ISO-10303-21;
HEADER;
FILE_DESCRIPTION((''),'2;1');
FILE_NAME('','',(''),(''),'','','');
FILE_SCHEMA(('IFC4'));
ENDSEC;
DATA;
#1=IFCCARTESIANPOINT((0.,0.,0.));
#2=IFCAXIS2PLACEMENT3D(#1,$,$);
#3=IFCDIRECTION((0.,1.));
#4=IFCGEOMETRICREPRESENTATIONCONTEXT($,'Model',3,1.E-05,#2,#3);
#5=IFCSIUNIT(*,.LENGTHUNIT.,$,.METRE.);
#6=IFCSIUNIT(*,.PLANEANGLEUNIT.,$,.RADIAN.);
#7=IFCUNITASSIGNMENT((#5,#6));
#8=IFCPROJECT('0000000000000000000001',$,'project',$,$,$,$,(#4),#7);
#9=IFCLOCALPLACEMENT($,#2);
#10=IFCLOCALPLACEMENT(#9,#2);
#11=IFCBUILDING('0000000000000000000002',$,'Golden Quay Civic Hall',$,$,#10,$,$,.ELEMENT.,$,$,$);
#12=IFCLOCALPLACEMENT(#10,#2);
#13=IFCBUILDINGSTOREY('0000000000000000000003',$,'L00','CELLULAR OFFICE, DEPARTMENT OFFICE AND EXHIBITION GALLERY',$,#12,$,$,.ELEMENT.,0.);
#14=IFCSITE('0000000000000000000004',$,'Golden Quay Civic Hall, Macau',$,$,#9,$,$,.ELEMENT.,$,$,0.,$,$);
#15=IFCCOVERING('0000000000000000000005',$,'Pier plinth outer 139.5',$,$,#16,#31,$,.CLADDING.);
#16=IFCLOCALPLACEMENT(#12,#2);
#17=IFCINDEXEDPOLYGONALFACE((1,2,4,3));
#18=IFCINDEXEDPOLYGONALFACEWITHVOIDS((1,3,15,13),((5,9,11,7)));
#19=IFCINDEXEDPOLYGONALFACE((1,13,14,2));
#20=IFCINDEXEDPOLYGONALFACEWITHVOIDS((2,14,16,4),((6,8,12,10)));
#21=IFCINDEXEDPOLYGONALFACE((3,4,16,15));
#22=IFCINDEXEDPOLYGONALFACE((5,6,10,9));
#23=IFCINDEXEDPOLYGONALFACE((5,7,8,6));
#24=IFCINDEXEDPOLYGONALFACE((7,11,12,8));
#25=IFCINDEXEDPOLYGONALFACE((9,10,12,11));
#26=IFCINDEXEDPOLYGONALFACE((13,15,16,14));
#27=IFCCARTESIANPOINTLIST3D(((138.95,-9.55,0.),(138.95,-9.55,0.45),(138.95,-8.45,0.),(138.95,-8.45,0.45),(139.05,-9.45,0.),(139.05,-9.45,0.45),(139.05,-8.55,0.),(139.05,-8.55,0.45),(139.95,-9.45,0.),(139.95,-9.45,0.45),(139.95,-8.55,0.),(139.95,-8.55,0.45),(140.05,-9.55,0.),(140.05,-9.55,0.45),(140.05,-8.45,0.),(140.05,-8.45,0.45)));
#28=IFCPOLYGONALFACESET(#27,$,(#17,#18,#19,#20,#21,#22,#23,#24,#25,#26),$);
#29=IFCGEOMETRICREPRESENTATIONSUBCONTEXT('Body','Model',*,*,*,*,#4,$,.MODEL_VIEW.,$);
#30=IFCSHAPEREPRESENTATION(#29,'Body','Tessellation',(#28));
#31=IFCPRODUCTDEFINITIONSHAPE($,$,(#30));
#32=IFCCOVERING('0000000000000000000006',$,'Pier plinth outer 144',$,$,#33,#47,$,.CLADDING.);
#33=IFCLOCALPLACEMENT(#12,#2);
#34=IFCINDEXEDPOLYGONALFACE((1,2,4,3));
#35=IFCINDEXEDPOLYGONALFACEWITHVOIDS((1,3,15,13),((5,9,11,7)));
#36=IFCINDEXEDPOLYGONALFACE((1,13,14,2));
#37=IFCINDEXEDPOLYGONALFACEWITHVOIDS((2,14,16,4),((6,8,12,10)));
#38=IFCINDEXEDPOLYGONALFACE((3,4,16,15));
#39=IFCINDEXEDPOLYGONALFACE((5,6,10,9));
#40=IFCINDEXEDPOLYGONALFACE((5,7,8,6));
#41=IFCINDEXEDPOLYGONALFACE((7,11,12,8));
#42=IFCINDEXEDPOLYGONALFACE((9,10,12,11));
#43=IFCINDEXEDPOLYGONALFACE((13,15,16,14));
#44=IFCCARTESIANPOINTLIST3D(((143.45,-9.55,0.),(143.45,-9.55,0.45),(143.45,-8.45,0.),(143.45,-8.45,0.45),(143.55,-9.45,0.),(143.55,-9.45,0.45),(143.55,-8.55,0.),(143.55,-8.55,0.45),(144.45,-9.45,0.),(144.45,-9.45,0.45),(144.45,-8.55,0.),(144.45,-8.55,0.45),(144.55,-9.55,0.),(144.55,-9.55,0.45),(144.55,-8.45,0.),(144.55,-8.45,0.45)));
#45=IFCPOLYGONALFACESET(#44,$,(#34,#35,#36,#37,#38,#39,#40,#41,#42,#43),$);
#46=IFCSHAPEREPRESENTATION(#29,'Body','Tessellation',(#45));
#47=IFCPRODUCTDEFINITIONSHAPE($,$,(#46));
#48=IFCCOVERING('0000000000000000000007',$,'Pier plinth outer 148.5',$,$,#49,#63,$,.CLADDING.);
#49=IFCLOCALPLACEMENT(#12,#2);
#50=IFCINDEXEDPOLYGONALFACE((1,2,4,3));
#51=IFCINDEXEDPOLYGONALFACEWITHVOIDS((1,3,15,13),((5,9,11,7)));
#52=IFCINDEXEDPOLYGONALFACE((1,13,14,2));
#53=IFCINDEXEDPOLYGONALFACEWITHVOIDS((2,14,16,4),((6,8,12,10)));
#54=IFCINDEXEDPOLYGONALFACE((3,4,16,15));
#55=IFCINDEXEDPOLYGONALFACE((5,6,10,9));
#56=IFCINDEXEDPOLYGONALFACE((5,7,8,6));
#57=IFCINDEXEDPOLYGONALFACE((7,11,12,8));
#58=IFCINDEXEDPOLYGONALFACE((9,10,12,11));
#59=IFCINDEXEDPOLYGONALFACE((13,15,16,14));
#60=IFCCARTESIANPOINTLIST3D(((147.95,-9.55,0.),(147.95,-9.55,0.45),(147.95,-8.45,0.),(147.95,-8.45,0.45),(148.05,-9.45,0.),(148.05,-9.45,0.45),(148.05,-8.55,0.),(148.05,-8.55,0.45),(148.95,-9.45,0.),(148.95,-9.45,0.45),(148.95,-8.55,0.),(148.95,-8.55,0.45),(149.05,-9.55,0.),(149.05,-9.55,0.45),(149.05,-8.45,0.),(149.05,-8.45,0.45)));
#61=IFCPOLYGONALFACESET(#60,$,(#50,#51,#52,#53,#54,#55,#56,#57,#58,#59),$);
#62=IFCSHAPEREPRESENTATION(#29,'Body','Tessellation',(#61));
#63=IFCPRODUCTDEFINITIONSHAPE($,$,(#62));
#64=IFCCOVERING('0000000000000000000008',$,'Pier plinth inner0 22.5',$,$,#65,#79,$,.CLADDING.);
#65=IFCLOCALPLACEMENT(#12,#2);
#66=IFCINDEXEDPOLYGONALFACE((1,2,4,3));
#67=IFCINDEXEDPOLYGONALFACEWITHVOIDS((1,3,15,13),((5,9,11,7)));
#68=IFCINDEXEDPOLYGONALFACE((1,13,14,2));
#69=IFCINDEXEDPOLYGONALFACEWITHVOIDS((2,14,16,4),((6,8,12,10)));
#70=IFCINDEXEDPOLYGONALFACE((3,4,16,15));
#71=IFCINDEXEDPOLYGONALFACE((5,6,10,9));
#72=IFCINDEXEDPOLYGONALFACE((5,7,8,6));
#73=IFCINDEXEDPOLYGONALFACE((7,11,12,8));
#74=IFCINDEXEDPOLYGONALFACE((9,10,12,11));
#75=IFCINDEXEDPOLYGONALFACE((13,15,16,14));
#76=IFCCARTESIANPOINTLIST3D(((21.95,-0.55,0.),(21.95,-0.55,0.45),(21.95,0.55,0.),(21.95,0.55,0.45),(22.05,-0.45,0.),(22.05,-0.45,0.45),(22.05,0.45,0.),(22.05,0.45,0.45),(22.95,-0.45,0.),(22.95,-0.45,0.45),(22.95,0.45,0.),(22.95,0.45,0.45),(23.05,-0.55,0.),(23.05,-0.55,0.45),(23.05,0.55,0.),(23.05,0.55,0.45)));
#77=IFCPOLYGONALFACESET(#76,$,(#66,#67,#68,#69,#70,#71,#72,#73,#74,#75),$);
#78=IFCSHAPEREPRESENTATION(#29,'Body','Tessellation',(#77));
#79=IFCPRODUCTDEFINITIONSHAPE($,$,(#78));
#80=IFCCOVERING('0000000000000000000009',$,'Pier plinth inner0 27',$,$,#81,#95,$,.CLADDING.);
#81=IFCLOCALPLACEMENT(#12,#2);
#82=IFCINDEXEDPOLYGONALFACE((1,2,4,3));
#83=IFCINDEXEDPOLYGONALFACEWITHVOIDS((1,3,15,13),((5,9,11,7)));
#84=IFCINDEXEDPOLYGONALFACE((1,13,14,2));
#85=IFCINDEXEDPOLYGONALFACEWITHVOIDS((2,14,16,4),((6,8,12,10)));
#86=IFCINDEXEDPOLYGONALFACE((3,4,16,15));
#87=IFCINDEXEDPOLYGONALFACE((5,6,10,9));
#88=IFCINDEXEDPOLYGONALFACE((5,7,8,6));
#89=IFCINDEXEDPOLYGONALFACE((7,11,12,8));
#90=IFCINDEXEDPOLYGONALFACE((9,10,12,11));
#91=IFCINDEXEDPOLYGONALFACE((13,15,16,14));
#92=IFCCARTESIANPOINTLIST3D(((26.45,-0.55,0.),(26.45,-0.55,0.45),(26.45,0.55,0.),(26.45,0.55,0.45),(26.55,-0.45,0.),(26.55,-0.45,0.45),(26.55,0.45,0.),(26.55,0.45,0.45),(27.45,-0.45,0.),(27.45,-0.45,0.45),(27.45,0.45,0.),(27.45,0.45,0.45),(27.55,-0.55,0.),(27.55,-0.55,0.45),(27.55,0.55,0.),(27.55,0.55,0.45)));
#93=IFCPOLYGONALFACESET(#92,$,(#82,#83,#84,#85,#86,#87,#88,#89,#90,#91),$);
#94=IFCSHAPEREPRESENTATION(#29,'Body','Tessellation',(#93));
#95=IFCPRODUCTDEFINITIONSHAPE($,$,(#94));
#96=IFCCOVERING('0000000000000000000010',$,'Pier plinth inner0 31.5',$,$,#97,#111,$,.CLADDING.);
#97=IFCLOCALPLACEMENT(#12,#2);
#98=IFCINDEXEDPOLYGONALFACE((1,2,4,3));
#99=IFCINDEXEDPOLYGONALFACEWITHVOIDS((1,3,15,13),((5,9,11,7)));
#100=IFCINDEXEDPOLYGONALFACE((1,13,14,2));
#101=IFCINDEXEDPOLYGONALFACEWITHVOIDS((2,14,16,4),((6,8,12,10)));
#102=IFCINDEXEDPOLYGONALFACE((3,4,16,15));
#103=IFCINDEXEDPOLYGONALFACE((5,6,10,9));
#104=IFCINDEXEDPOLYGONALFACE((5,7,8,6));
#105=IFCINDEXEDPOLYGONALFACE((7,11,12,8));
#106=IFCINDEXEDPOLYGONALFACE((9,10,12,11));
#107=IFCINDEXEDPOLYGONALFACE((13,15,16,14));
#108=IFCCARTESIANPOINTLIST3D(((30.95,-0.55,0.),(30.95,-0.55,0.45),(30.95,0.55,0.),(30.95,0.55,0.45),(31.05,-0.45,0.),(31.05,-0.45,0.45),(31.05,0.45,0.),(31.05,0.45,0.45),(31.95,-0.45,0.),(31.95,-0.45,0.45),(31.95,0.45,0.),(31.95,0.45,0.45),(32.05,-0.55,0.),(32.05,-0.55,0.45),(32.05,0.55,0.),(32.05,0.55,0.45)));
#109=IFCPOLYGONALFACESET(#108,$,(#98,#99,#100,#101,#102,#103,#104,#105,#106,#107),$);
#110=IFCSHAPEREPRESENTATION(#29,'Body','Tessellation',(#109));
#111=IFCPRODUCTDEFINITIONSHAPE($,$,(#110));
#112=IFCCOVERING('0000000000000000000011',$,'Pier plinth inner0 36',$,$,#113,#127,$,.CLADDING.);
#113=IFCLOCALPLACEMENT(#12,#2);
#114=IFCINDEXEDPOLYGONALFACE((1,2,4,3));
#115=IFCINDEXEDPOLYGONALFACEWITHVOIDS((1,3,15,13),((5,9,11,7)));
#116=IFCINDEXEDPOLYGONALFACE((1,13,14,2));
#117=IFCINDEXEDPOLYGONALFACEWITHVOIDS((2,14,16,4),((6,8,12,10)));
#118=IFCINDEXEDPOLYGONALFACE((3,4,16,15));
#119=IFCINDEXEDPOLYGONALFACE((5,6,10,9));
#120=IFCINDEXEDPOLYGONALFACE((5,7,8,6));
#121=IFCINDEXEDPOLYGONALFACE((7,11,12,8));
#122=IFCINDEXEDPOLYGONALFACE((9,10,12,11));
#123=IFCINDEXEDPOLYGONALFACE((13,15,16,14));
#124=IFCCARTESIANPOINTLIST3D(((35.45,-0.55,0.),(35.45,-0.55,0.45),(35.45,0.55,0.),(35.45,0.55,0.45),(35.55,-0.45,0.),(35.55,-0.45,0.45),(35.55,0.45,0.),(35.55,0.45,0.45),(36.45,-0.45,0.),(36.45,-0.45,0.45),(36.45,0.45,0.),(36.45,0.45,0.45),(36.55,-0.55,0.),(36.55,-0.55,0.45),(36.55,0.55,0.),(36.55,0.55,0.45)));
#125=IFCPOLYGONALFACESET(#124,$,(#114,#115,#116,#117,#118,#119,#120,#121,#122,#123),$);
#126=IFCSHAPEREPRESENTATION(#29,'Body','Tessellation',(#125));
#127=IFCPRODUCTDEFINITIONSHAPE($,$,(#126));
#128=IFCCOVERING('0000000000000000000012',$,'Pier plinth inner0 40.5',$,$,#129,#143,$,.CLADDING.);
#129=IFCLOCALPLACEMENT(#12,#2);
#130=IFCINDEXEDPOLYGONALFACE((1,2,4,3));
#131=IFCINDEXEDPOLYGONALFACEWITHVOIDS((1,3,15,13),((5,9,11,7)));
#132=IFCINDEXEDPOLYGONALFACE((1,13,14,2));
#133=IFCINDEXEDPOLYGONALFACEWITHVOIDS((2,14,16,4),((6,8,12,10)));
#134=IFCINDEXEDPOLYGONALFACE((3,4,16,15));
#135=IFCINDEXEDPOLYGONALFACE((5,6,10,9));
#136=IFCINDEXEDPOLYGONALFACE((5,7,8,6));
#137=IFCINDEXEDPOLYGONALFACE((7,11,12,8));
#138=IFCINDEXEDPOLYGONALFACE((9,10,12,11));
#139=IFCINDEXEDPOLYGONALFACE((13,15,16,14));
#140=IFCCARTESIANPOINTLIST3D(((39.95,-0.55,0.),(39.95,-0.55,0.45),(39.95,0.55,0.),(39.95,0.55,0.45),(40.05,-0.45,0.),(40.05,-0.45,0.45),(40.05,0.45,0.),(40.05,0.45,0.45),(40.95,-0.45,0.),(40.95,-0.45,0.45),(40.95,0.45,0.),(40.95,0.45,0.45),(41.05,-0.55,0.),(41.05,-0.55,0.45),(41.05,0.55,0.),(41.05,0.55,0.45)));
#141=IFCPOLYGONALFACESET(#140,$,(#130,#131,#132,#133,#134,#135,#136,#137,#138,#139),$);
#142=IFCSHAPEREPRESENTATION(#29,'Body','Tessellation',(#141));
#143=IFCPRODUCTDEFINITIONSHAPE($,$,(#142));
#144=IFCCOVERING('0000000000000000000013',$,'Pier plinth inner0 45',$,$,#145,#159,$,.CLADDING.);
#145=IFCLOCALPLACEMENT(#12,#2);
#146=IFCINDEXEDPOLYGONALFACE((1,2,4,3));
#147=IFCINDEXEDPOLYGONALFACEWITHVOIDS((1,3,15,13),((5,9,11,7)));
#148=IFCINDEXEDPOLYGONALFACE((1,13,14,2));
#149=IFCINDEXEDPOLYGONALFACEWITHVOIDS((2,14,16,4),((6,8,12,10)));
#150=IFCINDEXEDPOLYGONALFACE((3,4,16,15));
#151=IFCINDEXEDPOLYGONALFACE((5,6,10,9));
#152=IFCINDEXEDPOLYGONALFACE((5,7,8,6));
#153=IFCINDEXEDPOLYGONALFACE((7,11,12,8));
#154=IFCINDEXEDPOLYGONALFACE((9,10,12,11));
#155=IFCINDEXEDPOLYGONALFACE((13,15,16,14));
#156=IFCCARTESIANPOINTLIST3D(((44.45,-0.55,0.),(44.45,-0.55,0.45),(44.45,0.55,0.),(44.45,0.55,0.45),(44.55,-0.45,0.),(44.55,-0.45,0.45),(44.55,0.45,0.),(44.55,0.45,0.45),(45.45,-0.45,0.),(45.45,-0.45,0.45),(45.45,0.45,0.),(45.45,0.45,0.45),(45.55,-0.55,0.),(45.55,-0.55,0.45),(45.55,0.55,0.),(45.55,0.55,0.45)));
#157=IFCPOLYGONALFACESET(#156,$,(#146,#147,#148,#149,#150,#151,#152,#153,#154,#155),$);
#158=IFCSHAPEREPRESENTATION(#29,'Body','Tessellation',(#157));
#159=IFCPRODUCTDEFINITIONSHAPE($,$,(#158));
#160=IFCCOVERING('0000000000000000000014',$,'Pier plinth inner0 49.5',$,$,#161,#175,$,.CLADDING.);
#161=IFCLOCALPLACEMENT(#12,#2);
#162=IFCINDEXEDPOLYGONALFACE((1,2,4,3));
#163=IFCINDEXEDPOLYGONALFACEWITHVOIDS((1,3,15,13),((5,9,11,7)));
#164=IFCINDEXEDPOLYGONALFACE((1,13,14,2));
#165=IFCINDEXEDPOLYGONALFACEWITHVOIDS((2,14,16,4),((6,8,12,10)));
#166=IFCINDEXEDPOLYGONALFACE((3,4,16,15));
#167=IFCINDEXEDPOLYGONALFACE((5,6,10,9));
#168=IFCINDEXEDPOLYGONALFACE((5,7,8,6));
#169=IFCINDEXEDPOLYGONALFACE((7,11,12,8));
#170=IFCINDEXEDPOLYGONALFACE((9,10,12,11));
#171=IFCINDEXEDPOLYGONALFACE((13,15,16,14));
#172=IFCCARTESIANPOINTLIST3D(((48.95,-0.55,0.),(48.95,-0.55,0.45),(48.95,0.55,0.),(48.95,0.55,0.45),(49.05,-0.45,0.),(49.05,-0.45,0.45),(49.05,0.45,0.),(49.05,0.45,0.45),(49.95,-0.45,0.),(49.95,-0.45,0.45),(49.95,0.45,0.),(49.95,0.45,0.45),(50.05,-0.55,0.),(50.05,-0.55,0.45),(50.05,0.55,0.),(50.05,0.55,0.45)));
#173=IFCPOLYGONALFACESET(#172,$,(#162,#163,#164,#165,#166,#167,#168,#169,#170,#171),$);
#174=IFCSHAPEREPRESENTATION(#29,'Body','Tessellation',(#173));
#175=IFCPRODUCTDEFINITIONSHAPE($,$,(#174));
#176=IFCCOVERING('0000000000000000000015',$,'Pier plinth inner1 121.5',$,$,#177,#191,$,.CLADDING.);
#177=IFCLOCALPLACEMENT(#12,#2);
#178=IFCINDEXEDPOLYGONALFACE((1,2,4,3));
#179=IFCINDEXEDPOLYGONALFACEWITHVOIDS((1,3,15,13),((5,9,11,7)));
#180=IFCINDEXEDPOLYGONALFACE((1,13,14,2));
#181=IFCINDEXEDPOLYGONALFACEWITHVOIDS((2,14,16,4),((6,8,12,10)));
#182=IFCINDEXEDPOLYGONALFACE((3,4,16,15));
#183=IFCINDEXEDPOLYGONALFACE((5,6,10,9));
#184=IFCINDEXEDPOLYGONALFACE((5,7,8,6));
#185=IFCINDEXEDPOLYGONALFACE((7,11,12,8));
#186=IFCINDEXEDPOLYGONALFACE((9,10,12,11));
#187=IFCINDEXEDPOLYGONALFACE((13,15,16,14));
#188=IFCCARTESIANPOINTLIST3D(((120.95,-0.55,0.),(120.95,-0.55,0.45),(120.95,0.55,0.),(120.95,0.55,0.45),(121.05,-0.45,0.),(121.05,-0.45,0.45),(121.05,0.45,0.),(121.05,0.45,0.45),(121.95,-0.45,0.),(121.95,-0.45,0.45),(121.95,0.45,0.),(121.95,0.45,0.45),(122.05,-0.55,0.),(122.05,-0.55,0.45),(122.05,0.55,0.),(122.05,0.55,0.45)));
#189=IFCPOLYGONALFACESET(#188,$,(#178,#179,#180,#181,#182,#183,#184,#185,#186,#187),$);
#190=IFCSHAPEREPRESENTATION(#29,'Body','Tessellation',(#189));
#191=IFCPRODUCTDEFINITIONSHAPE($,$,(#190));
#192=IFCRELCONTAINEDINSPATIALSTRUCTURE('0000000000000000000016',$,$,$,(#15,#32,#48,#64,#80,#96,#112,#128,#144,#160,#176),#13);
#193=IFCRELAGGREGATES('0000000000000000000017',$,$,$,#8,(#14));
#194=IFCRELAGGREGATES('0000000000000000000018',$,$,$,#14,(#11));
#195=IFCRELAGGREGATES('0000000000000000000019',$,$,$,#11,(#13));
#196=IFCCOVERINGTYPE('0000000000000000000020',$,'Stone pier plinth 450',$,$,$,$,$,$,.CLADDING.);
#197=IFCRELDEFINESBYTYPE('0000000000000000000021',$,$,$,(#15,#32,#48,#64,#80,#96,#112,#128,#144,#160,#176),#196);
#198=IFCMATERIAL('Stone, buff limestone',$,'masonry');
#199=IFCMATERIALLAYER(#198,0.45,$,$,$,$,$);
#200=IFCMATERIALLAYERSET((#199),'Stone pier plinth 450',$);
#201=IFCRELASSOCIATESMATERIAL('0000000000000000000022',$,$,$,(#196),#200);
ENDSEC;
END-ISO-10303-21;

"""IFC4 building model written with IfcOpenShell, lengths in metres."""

from ifc_helpers import new_model, si_unit, direction, origin, place, context, subcontext, project, spatial, polyline, outline, extrude, material, layer, layer_set, type_object, element, save


model = new_model("IFC4")

# Units and contexts
model_context = context("Model", 3, precision=1e-05, world=origin(), true_north=direction((0.0, 1.0)))
body_context = subcontext(model_context, "Body", "Model", "MODEL_VIEW")
ifc_project = project(units=[si_unit("LENGTHUNIT", "METRE"), si_unit("PLANEANGLEUNIT", "RADIAN")], contexts=[model_context])

# Site, building, storey
site_placement = place(None, origin())
site = spatial("IfcSite", under=ifc_project, at=site_placement, Name="Golden Quay Civic Hall, Macau", CompositionType="ELEMENT", RefElevation=0.0)
building_placement = place(site_placement, origin())
building = spatial("IfcBuilding", under=site, at=building_placement, Name="Golden Quay Civic Hall", CompositionType="ELEMENT")
storey_placement = place(building_placement, origin())
storey = spatial("IfcBuildingStorey", under=building, at=storey_placement, Name="L00", Description="CELLULAR OFFICE, DEPARTMENT OFFICE AND EXHIBITION GALLERY", CompositionType="ELEMENT", Elevation=0.0)

# Coverings
ifc_material_1 = material(Name="Stone, buff limestone", Category="masonry")
ifc_layer_1 = layer(ifc_material_1, 0.45)
ifc_layer_set_1 = layer_set([ifc_layer_1], Name="Stone pier plinth 450")
covering_type = type_object("IfcCoveringType", Name="Stone pier plinth 450", PredefinedType="CLADDING", material=ifc_layer_set_1)
covering_1_placement = place(storey_placement, origin())
element("IfcCovering", 1, at=covering_1_placement, inside=storey, type_object=covering_type, Name="Pier plinth outer 139.5", PredefinedType="CLADDING", context=body_context, shape_type="SweptSolid", body=[
    extrude(outline(polyline([(138.95, -9.55), (140.05, -9.55), (140.05, -8.45), (138.95, -8.45), (138.95, -9.55)]), holes=[polyline([(139.05, -9.45), (139.95, -9.45), (139.95, -8.55), (139.05, -8.55), (139.05, -9.45)])]), origin(), (0.0, 0.0, 1.0), 0.45),
])
covering_2_placement = place(storey_placement, origin())
element("IfcCovering", 2, at=covering_2_placement, inside=storey, type_object=covering_type, Name="Pier plinth outer 144", PredefinedType="CLADDING", context=body_context, shape_type="SweptSolid", body=[
    extrude(outline(polyline([(143.45, -9.55), (144.55, -9.55), (144.55, -8.45), (143.45, -8.45), (143.45, -9.55)]), holes=[polyline([(143.55, -9.45), (144.45, -9.45), (144.45, -8.55), (143.55, -8.55), (143.55, -9.45)])]), origin(), (0.0, 0.0, 1.0), 0.45),
])
covering_3_placement = place(storey_placement, origin())
element("IfcCovering", 3, at=covering_3_placement, inside=storey, type_object=covering_type, Name="Pier plinth outer 148.5", PredefinedType="CLADDING", context=body_context, shape_type="SweptSolid", body=[
    extrude(outline(polyline([(147.95, -9.55), (149.05, -9.55), (149.05, -8.45), (147.95, -8.45), (147.95, -9.55)]), holes=[polyline([(148.05, -9.45), (148.95, -9.45), (148.95, -8.55), (148.05, -8.55), (148.05, -9.45)])]), origin(), (0.0, 0.0, 1.0), 0.45),
])
covering_4_placement = place(storey_placement, origin())
element("IfcCovering", 4, at=covering_4_placement, inside=storey, type_object=covering_type, Name="Pier plinth inner0 22.5", PredefinedType="CLADDING", context=body_context, shape_type="SweptSolid", body=[
    extrude(outline(polyline([(21.95, -0.55), (23.05, -0.55), (23.05, 0.55), (21.95, 0.55), (21.95, -0.55)]), holes=[polyline([(22.05, -0.45), (22.95, -0.45), (22.95, 0.45), (22.05, 0.45), (22.05, -0.45)])]), origin(), (0.0, 0.0, 1.0), 0.45),
])
covering_5_placement = place(storey_placement, origin())
element("IfcCovering", 5, at=covering_5_placement, inside=storey, type_object=covering_type, Name="Pier plinth inner0 27", PredefinedType="CLADDING", context=body_context, shape_type="SweptSolid", body=[
    extrude(outline(polyline([(26.45, -0.55), (27.55, -0.55), (27.55, 0.55), (26.45, 0.55), (26.45, -0.55)]), holes=[polyline([(26.55, -0.45), (27.45, -0.45), (27.45, 0.45), (26.55, 0.45), (26.55, -0.45)])]), origin(), (0.0, 0.0, 1.0), 0.45),
])
covering_6_placement = place(storey_placement, origin())
element("IfcCovering", 6, at=covering_6_placement, inside=storey, type_object=covering_type, Name="Pier plinth inner0 31.5", PredefinedType="CLADDING", context=body_context, shape_type="SweptSolid", body=[
    extrude(outline(polyline([(30.95, -0.55), (32.05, -0.55), (32.05, 0.55), (30.95, 0.55), (30.95, -0.55)]), holes=[polyline([(31.05, -0.45), (31.95, -0.45), (31.95, 0.45), (31.05, 0.45), (31.05, -0.45)])]), origin(), (0.0, 0.0, 1.0), 0.45),
])
covering_7_placement = place(storey_placement, origin())
element("IfcCovering", 7, at=covering_7_placement, inside=storey, type_object=covering_type, Name="Pier plinth inner0 36", PredefinedType="CLADDING", context=body_context, shape_type="SweptSolid", body=[
    extrude(outline(polyline([(35.45, -0.55), (36.55, -0.55), (36.55, 0.55), (35.45, 0.55), (35.45, -0.55)]), holes=[polyline([(35.55, -0.45), (36.45, -0.45), (36.45, 0.45), (35.55, 0.45), (35.55, -0.45)])]), origin(), (0.0, 0.0, 1.0), 0.45),
])
covering_8_placement = place(storey_placement, origin())
element("IfcCovering", 8, at=covering_8_placement, inside=storey, type_object=covering_type, Name="Pier plinth inner0 40.5", PredefinedType="CLADDING", context=body_context, shape_type="SweptSolid", body=[
    extrude(outline(polyline([(39.95, -0.55), (41.05, -0.55), (41.05, 0.55), (39.95, 0.55), (39.95, -0.55)]), holes=[polyline([(40.05, -0.45), (40.95, -0.45), (40.95, 0.45), (40.05, 0.45), (40.05, -0.45)])]), origin(), (0.0, 0.0, 1.0), 0.45),
])
covering_9_placement = place(storey_placement, origin())
element("IfcCovering", 9, at=covering_9_placement, inside=storey, type_object=covering_type, Name="Pier plinth inner0 45", PredefinedType="CLADDING", context=body_context, shape_type="SweptSolid", body=[
    extrude(outline(polyline([(44.45, -0.55), (45.55, -0.55), (45.55, 0.55), (44.45, 0.55), (44.45, -0.55)]), holes=[polyline([(44.55, -0.45), (45.45, -0.45), (45.45, 0.45), (44.55, 0.45), (44.55, -0.45)])]), origin(), (0.0, 0.0, 1.0), 0.45),
])
covering_10_placement = place(storey_placement, origin())
element("IfcCovering", 10, at=covering_10_placement, inside=storey, type_object=covering_type, Name="Pier plinth inner0 49.5", PredefinedType="CLADDING", context=body_context, shape_type="SweptSolid", body=[
    extrude(outline(polyline([(48.95, -0.55), (50.05, -0.55), (50.05, 0.55), (48.95, 0.55), (48.95, -0.55)]), holes=[polyline([(49.05, -0.45), (49.95, -0.45), (49.95, 0.45), (49.05, 0.45), (49.05, -0.45)])]), origin(), (0.0, 0.0, 1.0), 0.45),
])
covering_11_placement = place(storey_placement, origin())
element("IfcCovering", 11, at=covering_11_placement, inside=storey, type_object=covering_type, Name="Pier plinth inner1 121.5", PredefinedType="CLADDING", context=body_context, shape_type="SweptSolid", body=[
    extrude(outline(polyline([(120.95, -0.55), (122.05, -0.55), (122.05, 0.55), (120.95, 0.55), (120.95, -0.55)]), holes=[polyline([(121.05, -0.45), (121.95, -0.45), (121.95, 0.45), (121.05, 0.45), (121.05, -0.45)])]), origin(), (0.0, 0.0, 1.0), 0.45),
])

save(model, "model.ifc")
